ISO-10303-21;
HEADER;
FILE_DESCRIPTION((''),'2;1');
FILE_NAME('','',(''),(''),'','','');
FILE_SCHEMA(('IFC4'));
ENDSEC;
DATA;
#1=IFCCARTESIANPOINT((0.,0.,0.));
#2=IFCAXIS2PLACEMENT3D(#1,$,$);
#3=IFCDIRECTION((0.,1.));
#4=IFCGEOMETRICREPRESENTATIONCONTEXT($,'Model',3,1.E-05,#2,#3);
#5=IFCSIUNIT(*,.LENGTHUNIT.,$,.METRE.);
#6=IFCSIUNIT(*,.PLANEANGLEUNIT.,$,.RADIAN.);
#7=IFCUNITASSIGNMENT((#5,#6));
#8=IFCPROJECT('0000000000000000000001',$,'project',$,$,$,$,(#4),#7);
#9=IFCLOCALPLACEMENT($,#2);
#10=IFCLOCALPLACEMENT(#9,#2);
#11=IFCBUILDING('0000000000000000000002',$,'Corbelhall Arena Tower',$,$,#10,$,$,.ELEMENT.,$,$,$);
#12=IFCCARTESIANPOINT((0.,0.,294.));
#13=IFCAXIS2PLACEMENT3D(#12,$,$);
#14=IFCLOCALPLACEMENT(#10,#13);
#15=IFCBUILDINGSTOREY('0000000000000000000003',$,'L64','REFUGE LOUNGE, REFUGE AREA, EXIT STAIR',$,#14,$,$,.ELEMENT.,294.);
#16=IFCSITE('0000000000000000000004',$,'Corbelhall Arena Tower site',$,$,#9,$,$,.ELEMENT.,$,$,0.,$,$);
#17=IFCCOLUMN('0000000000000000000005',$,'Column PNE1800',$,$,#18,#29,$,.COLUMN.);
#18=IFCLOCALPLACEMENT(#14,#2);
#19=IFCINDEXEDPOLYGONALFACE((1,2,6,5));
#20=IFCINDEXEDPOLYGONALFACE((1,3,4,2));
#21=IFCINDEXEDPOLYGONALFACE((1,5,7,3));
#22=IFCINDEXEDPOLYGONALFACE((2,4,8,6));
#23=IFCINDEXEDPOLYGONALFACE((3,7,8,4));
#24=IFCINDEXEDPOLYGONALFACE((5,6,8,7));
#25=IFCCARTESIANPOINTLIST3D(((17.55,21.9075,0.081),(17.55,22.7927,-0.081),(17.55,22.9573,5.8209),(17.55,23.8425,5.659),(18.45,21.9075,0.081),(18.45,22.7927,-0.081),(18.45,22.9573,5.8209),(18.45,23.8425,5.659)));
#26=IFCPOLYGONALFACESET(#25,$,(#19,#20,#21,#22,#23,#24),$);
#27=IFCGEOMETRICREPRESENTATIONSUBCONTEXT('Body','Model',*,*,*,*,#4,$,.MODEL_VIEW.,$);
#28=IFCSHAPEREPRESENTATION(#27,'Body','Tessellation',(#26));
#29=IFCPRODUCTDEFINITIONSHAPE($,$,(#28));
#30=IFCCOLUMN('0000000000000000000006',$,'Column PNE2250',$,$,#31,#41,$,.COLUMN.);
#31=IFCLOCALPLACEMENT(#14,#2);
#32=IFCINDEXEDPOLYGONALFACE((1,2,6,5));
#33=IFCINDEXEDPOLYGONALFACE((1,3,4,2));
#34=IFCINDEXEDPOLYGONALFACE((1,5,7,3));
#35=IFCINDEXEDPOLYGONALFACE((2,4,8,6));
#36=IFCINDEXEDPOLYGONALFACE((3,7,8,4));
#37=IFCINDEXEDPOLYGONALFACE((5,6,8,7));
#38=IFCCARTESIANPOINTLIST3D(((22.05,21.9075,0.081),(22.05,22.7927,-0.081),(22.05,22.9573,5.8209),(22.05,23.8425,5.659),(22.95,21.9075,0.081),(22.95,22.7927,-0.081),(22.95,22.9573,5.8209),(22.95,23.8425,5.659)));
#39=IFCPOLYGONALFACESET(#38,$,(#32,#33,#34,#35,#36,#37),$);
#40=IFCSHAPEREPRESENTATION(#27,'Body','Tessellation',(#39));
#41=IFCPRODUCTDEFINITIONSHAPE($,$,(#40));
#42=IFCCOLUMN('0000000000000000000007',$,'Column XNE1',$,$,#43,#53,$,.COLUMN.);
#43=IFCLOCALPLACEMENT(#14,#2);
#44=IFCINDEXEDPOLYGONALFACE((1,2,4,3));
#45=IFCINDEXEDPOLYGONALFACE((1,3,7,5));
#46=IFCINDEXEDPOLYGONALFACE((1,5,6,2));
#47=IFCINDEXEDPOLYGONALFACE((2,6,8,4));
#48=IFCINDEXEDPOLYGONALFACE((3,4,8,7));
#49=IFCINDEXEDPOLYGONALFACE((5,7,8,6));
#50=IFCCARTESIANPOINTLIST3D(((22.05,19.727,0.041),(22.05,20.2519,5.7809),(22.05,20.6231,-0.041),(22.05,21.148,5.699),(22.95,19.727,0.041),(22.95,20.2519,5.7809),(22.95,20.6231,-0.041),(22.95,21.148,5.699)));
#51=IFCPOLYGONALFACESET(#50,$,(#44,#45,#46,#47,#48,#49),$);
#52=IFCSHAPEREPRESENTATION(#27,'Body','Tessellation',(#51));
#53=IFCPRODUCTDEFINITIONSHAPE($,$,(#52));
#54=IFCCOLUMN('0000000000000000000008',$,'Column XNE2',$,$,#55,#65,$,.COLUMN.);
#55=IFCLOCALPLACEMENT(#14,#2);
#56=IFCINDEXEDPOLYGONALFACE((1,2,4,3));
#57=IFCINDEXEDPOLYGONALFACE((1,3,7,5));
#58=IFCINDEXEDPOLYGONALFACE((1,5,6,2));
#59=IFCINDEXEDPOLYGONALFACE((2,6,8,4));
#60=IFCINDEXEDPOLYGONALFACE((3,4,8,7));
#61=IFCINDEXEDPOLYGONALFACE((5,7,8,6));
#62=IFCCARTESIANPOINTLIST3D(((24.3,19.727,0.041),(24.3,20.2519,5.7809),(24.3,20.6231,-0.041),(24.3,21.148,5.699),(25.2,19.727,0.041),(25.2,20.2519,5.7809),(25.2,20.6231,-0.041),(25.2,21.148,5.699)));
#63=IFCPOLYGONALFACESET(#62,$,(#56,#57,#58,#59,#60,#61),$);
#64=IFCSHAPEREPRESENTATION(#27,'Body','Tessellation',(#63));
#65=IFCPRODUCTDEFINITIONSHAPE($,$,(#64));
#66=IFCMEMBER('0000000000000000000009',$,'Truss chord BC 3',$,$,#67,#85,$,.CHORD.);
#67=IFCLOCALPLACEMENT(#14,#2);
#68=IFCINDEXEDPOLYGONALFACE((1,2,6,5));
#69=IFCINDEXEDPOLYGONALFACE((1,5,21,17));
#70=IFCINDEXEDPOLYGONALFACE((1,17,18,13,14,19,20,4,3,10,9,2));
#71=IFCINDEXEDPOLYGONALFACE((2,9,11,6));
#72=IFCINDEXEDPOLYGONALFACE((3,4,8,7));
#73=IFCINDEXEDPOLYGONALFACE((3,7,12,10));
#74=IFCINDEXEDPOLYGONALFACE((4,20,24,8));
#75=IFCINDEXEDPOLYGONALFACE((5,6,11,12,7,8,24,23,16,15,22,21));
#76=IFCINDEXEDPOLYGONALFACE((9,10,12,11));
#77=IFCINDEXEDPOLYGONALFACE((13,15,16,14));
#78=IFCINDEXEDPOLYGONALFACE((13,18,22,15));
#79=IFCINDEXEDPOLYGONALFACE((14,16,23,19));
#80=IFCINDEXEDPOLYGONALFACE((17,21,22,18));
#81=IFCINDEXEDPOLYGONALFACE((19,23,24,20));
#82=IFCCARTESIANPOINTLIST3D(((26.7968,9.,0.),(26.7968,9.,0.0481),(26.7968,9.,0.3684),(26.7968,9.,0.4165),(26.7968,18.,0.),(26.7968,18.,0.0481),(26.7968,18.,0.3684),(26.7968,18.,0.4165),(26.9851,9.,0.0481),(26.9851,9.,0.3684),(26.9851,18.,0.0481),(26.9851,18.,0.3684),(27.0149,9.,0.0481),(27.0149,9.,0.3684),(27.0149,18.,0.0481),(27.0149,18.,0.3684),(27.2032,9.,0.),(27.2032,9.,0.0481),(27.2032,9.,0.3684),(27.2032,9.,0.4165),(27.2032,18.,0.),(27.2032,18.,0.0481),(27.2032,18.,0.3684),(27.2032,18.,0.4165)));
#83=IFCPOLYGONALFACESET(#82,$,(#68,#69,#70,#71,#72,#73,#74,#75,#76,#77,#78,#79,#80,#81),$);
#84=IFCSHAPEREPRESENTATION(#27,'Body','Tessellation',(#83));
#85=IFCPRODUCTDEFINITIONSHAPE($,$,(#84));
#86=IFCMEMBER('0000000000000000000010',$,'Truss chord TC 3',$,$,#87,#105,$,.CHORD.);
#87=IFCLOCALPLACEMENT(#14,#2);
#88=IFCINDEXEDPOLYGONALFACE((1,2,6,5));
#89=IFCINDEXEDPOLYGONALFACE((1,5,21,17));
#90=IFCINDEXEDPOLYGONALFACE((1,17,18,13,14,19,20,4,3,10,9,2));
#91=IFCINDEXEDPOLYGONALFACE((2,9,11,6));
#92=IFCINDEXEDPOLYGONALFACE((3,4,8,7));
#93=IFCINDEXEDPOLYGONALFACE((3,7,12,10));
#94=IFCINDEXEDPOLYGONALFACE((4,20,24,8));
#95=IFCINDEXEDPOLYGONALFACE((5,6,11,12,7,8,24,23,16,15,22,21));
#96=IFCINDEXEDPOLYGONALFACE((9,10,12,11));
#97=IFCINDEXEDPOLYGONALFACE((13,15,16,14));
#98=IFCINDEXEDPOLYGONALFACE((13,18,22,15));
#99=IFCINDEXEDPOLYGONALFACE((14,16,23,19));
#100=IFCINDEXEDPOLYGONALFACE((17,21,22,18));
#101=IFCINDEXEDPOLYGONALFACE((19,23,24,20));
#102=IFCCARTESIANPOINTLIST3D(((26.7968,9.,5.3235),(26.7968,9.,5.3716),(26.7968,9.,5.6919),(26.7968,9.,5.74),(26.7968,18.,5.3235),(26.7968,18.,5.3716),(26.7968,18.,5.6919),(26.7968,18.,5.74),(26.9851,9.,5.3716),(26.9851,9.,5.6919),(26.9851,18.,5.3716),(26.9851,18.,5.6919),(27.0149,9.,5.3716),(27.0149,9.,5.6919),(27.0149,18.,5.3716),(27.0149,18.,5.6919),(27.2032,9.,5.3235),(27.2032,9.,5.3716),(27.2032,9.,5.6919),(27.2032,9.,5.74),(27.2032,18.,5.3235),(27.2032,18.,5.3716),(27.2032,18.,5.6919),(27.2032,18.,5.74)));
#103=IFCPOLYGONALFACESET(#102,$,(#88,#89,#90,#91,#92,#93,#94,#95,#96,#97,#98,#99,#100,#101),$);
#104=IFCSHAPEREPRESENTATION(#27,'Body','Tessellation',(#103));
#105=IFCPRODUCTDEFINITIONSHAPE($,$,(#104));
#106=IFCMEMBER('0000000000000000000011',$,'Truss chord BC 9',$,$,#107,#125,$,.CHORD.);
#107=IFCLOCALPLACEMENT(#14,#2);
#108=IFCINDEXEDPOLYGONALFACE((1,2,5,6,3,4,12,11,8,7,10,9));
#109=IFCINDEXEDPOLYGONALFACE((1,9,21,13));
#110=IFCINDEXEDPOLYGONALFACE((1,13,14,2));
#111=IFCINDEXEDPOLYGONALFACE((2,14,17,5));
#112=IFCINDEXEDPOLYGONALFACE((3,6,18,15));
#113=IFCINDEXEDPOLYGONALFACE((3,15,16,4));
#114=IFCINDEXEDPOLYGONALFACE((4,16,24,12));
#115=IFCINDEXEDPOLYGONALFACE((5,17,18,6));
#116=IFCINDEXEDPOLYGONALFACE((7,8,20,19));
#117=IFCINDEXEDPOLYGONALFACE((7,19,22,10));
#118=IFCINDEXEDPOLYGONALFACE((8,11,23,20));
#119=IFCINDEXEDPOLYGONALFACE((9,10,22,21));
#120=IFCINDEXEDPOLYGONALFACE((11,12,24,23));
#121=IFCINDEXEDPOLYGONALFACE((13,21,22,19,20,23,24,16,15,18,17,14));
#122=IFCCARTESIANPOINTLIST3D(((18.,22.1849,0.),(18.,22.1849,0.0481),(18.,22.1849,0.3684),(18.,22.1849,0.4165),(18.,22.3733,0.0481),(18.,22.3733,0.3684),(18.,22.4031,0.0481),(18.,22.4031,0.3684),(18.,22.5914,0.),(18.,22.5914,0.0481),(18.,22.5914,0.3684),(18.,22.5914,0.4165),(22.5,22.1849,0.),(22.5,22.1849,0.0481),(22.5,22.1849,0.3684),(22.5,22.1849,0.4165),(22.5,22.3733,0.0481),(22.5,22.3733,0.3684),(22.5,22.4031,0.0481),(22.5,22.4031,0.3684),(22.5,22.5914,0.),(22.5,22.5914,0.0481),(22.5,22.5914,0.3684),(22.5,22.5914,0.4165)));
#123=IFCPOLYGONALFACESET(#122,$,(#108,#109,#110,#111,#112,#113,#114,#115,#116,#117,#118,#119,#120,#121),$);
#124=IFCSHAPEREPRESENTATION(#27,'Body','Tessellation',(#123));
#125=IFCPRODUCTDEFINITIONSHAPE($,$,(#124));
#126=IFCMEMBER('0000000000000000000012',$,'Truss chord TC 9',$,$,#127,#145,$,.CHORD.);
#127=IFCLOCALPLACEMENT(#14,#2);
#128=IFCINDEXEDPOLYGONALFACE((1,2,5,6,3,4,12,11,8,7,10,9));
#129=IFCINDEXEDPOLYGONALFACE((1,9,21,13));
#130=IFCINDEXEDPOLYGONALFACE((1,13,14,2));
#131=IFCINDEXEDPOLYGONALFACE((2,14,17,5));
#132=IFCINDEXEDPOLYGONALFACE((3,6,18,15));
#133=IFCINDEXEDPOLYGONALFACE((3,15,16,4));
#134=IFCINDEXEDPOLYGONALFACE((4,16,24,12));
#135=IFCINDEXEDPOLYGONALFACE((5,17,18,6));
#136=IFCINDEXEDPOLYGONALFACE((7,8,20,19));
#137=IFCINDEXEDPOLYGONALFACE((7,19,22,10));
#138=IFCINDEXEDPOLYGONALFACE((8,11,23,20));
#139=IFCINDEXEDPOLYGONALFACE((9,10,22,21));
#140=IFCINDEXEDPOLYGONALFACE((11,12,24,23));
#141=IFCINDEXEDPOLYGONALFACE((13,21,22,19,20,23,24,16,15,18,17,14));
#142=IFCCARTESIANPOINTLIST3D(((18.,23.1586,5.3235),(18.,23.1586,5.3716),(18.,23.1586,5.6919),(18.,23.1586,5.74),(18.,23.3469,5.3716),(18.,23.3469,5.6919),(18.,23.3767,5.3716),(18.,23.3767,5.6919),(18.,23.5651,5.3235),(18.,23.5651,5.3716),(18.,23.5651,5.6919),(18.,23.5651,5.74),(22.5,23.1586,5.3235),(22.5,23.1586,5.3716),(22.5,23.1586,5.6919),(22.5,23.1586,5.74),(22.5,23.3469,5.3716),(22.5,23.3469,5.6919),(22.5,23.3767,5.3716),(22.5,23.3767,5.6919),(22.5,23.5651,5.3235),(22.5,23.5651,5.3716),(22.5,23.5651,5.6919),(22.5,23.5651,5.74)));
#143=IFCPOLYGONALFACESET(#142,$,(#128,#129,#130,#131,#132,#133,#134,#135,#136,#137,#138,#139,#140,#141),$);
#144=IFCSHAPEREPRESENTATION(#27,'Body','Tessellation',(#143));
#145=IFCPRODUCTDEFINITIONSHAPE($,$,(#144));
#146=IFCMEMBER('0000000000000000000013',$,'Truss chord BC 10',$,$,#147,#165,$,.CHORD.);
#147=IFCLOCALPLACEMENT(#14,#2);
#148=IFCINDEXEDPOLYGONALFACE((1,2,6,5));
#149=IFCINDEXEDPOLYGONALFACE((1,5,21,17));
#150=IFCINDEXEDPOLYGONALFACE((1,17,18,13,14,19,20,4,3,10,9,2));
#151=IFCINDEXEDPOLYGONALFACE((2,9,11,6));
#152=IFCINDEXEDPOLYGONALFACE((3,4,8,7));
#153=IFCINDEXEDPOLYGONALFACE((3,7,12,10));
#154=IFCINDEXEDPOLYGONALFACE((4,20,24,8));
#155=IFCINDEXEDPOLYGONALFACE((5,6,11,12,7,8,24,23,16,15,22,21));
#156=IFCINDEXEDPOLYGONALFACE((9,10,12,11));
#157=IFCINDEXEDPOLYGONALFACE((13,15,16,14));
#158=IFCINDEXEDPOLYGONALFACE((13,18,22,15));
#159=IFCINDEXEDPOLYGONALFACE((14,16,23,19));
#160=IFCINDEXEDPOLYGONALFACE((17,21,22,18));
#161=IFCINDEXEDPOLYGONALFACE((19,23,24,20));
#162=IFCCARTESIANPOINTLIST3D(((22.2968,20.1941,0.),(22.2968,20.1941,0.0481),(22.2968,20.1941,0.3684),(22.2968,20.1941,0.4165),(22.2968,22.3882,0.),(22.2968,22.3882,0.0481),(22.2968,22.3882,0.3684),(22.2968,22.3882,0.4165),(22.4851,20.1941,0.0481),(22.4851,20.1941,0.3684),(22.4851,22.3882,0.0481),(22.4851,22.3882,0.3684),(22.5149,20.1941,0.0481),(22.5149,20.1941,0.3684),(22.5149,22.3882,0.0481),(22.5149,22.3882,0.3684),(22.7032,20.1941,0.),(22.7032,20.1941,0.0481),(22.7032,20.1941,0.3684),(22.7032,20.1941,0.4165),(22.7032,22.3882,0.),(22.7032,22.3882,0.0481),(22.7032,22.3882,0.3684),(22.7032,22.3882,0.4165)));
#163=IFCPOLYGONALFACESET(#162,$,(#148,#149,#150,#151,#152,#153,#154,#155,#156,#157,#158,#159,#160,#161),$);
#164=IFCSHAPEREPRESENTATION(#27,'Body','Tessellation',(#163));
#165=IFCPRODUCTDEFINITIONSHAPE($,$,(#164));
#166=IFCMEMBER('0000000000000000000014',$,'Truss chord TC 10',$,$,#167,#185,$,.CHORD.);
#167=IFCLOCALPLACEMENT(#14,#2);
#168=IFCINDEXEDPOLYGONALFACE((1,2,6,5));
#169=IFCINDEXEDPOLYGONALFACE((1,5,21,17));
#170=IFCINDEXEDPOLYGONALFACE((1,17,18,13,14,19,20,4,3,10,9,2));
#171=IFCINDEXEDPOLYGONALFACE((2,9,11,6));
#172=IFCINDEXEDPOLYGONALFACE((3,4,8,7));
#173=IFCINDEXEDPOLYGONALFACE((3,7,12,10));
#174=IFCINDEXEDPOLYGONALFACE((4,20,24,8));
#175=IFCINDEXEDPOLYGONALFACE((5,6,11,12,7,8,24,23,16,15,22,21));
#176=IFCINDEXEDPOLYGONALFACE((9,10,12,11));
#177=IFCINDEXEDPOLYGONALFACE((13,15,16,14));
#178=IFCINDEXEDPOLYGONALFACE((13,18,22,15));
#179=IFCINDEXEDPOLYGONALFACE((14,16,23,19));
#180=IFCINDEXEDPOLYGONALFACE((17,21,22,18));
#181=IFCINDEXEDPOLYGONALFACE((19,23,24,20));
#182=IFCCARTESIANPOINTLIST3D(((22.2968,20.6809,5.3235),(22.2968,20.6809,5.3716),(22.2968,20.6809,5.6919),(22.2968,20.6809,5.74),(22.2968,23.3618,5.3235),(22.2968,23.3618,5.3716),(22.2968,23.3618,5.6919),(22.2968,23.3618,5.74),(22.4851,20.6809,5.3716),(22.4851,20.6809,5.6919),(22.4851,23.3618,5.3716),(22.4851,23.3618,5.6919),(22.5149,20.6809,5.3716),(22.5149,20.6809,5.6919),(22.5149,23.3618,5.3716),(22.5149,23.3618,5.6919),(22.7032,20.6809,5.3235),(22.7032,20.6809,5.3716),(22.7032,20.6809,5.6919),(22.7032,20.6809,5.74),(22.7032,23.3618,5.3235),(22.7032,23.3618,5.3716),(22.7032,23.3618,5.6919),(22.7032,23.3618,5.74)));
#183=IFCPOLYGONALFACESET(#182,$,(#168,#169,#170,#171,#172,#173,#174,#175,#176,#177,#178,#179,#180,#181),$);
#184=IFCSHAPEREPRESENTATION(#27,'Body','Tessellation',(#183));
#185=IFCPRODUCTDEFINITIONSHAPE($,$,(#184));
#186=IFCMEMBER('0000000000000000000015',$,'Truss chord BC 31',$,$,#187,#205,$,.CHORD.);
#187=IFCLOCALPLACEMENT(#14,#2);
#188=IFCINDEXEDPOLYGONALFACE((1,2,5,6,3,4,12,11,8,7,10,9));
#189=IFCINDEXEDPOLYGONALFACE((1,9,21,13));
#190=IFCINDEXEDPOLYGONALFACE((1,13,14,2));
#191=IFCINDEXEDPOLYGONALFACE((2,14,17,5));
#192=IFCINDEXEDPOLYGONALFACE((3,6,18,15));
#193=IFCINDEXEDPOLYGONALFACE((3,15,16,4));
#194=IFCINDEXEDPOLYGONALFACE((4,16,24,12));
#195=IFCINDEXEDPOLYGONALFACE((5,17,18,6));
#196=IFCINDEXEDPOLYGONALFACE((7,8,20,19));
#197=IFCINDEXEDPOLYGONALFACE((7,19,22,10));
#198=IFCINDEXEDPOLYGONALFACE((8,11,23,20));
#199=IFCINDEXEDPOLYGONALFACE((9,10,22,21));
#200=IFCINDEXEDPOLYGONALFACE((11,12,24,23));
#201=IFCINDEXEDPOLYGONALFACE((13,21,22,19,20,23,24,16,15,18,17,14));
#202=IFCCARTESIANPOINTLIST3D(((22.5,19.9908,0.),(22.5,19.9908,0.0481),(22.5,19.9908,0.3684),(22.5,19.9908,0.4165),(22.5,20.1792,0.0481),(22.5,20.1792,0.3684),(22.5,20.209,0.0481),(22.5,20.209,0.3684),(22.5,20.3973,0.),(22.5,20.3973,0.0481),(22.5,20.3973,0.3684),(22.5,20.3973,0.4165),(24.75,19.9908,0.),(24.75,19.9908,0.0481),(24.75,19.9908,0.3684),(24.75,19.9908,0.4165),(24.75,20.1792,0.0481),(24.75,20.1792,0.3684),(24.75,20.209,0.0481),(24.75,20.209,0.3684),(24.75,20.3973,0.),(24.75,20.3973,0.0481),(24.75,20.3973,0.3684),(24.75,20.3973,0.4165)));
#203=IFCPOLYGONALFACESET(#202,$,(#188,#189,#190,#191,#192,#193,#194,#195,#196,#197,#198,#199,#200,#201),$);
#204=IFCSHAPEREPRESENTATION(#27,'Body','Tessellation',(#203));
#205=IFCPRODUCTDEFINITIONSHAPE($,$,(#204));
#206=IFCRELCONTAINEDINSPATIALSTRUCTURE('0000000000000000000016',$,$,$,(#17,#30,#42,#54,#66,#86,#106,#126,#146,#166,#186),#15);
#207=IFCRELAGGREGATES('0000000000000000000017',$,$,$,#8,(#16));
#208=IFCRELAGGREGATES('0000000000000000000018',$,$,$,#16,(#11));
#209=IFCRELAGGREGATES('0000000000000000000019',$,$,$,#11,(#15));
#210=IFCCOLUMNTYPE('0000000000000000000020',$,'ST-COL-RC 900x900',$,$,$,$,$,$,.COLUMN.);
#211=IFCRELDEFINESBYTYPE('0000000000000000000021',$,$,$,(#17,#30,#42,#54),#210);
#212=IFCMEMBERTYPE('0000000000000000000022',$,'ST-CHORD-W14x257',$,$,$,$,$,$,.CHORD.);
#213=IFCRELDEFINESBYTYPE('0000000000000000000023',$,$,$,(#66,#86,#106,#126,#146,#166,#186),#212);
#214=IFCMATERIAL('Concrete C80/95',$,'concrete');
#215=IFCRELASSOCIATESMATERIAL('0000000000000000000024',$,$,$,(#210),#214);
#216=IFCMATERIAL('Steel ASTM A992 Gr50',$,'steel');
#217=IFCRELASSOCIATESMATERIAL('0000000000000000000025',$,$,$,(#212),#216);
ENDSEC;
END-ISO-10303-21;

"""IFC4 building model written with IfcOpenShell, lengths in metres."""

from ifc_helpers import new_model, si_unit, direction, frame, origin, origin_2d, place, context, subcontext, project, spatial, rectangle, i_section, extrude, material, material_profile, profile_set, type_object, element, save


model = new_model("IFC4")

# Units and contexts
model_context = context("Model", 3, precision=1e-05, world=origin(), true_north=direction((0.0, 1.0)))
body_context = subcontext(model_context, "Body", "Model", "MODEL_VIEW")
ifc_project = project(units=[si_unit("LENGTHUNIT", "METRE"), si_unit("PLANEANGLEUNIT", "RADIAN")], contexts=[model_context])

# Site, building, storey
site_placement = place(None, origin())
site = spatial("IfcSite", under=ifc_project, at=site_placement, Name="Corbelhall Arena Tower site", CompositionType="ELEMENT", RefElevation=0.0)
building_placement = place(site_placement, origin())
building = spatial("IfcBuilding", under=site, at=building_placement, Name="Corbelhall Arena Tower", CompositionType="ELEMENT")
storey_placement = place(building_placement, frame((0.0, 0.0, 294.0)))
storey = spatial("IfcBuildingStorey", under=building, at=storey_placement, Name="L64", Description="REFUGE LOUNGE, REFUGE AREA, EXIT STAIR", CompositionType="ELEMENT", Elevation=294.0)

# Columns
ifc_material_1 = material(Name="Concrete C80/95", Category="concrete")
ifc_material_profile_1 = material_profile(ifc_material_1, rectangle(XDim=0.8999, YDim=0.8999, at=origin_2d()))
ifc_profile_set_1 = profile_set([ifc_material_profile_1], Name="Concrete C80/95")
column_type = type_object("IfcColumnType", Name="ST-COL-RC 900x900", PredefinedType="COLUMN", material=ifc_profile_set_1)
for number, where, z_axis, x_axis, name in (
    (1, (18.0, 22.3501, 0.0), (0.0, 0.179909, 0.983683), (-1.0, 0.0, 0.0), "Column PNE1800"),
    (2, (22.5, 22.3501, 0.0), (0.0, 0.179909, 0.983683), (-1.0, 0.0, 0.0), "Column PNE2250"),
):
    element("IfcColumn", number, at=place(storey_placement, frame(where, z_axis=z_axis, x_axis=x_axis)), inside=storey, type_object=column_type, Name=name, PredefinedType="COLUMN", context=body_context, shape_type="SweptSolid", body=[
        extrude(rectangle(XDim=0.8999, YDim=0.8999, at=origin_2d()), origin(), (0.0, 0.0, 1.0), 5.8352),
    ])
for number, where, z_axis, x_axis, name in (
    (3, (22.5, 20.175, 0.0), (0.0, 0.091067, 0.995845), (-1.0, 0.0, 0.0), "Column XNE1"),
    (4, (24.75, 20.175, 0.0), (0.0, 0.091067, 0.995845), (-1.0, 0.0, 0.0), "Column XNE2"),
):
    element("IfcColumn", number, at=place(storey_placement, frame(where, z_axis=z_axis, x_axis=x_axis)), inside=storey, type_object=column_type, Name=name, PredefinedType="COLUMN", context=body_context, shape_type="SweptSolid", body=[
        extrude(rectangle(XDim=0.8999, YDim=0.8999, at=origin_2d()), origin(), (0.0, 0.0, 1.0), 5.7639),
    ])

# Members
ifc_material_2 = material(Name="Steel ASTM A992 Gr50", Category="steel")
ifc_material_profile_2 = material_profile(ifc_material_2, i_section(OverallWidth=0.4065, OverallDepth=0.4165, WebThickness=0.0298, FlangeThickness=0.0481, at=origin_2d()))
ifc_profile_set_2 = profile_set([ifc_material_profile_2], Name="Steel ASTM A992 Gr50")
member_type_1 = type_object("IfcMemberType", Name="ST-CHORD-W14x257", PredefinedType="CHORD", material=ifc_profile_set_2)
for number, where, z_axis, x_axis, name in (
    (5, (27.0, 18.0, 0.2083), (0.0, -1.0, 0.0), (1.0, 0.0, 0.0), "Truss chord BC 3"),
    (6, (27.0, 18.0, 5.5317), (0.0, -1.0, 0.0), (1.0, 0.0, 0.0), "Truss chord TC 3"),
):
    element("IfcMember", number, at=place(storey_placement, frame(where, z_axis=z_axis, x_axis=x_axis)), inside=storey, type_object=member_type_1, Name=name, PredefinedType="CHORD", context=body_context, shape_type="SweptSolid", body=[
        extrude(i_section(OverallWidth=0.4065, OverallDepth=0.4165, WebThickness=0.0298, FlangeThickness=0.0481, at=origin_2d()), origin(), (0.0, 0.0, 1.0), 9.0),
    ])
for number, where, z_axis, x_axis, name in (
    (7, (18.0, 22.3882, 0.2083), (1.0, 0.0, 0.0), (0.0, 1.0, 0.0), "Truss chord BC 9"),
    (8, (18.0, 23.3618, 5.5317), (1.0, 0.0, 0.0), (0.0, 1.0, 0.0), "Truss chord TC 9"),
):
    element("IfcMember", number, at=place(storey_placement, frame(where, z_axis=z_axis, x_axis=x_axis)), inside=storey, type_object=member_type_1, Name=name, PredefinedType="CHORD", context=body_context, shape_type="SweptSolid", body=[
        extrude(i_section(OverallWidth=0.4065, OverallDepth=0.4165, WebThickness=0.0298, FlangeThickness=0.0481, at=origin_2d()), origin(), (0.0, 0.0, 1.0), 4.5),
    ])
member_1_placement = place(storey_placement, frame((22.5, 22.3882, 0.2083), z_axis=(0.0, -1.0, 0.0), x_axis=(1.0, 0.0, 0.0)))
element("IfcMember", 9, at=member_1_placement, inside=storey, type_object=member_type_1, Name="Truss chord BC 10", PredefinedType="CHORD", context=body_context, shape_type="SweptSolid", body=[
    extrude(i_section(OverallWidth=0.4065, OverallDepth=0.4165, WebThickness=0.0298, FlangeThickness=0.0481, at=origin_2d()), origin(), (0.0, 0.0, 1.0), 2.1941),
])
member_2_placement = place(storey_placement, frame((22.5, 23.3618, 5.5317), z_axis=(0.0, -1.0, 0.0), x_axis=(1.0, 0.0, 0.0)))
element("IfcMember", 10, at=member_2_placement, inside=storey, type_object=member_type_1, Name="Truss chord TC 10", PredefinedType="CHORD", context=body_context, shape_type="SweptSolid", body=[
    extrude(i_section(OverallWidth=0.4065, OverallDepth=0.4165, WebThickness=0.0298, FlangeThickness=0.0481, at=origin_2d()), origin(), (0.0, 0.0, 1.0), 2.6809),
])
for number, where, z_axis, x_axis, name in (
    (11, (22.5, 20.1941, 0.2083), (1.0, 0.0, 0.0), (0.0, 1.0, 0.0), "Truss chord BC 31"),
):
    element("IfcMember", number, at=place(storey_placement, frame(where, z_axis=z_axis, x_axis=x_axis)), inside=storey, type_object=member_type_1, Name=name, PredefinedType="CHORD", context=body_context, shape_type="SweptSolid", body=[
        extrude(i_section(OverallWidth=0.4065, OverallDepth=0.4165, WebThickness=0.0298, FlangeThickness=0.0481, at=origin_2d()), origin(), (0.0, 0.0, 1.0), 2.25),
    ])

save(model, "model.ifc")
